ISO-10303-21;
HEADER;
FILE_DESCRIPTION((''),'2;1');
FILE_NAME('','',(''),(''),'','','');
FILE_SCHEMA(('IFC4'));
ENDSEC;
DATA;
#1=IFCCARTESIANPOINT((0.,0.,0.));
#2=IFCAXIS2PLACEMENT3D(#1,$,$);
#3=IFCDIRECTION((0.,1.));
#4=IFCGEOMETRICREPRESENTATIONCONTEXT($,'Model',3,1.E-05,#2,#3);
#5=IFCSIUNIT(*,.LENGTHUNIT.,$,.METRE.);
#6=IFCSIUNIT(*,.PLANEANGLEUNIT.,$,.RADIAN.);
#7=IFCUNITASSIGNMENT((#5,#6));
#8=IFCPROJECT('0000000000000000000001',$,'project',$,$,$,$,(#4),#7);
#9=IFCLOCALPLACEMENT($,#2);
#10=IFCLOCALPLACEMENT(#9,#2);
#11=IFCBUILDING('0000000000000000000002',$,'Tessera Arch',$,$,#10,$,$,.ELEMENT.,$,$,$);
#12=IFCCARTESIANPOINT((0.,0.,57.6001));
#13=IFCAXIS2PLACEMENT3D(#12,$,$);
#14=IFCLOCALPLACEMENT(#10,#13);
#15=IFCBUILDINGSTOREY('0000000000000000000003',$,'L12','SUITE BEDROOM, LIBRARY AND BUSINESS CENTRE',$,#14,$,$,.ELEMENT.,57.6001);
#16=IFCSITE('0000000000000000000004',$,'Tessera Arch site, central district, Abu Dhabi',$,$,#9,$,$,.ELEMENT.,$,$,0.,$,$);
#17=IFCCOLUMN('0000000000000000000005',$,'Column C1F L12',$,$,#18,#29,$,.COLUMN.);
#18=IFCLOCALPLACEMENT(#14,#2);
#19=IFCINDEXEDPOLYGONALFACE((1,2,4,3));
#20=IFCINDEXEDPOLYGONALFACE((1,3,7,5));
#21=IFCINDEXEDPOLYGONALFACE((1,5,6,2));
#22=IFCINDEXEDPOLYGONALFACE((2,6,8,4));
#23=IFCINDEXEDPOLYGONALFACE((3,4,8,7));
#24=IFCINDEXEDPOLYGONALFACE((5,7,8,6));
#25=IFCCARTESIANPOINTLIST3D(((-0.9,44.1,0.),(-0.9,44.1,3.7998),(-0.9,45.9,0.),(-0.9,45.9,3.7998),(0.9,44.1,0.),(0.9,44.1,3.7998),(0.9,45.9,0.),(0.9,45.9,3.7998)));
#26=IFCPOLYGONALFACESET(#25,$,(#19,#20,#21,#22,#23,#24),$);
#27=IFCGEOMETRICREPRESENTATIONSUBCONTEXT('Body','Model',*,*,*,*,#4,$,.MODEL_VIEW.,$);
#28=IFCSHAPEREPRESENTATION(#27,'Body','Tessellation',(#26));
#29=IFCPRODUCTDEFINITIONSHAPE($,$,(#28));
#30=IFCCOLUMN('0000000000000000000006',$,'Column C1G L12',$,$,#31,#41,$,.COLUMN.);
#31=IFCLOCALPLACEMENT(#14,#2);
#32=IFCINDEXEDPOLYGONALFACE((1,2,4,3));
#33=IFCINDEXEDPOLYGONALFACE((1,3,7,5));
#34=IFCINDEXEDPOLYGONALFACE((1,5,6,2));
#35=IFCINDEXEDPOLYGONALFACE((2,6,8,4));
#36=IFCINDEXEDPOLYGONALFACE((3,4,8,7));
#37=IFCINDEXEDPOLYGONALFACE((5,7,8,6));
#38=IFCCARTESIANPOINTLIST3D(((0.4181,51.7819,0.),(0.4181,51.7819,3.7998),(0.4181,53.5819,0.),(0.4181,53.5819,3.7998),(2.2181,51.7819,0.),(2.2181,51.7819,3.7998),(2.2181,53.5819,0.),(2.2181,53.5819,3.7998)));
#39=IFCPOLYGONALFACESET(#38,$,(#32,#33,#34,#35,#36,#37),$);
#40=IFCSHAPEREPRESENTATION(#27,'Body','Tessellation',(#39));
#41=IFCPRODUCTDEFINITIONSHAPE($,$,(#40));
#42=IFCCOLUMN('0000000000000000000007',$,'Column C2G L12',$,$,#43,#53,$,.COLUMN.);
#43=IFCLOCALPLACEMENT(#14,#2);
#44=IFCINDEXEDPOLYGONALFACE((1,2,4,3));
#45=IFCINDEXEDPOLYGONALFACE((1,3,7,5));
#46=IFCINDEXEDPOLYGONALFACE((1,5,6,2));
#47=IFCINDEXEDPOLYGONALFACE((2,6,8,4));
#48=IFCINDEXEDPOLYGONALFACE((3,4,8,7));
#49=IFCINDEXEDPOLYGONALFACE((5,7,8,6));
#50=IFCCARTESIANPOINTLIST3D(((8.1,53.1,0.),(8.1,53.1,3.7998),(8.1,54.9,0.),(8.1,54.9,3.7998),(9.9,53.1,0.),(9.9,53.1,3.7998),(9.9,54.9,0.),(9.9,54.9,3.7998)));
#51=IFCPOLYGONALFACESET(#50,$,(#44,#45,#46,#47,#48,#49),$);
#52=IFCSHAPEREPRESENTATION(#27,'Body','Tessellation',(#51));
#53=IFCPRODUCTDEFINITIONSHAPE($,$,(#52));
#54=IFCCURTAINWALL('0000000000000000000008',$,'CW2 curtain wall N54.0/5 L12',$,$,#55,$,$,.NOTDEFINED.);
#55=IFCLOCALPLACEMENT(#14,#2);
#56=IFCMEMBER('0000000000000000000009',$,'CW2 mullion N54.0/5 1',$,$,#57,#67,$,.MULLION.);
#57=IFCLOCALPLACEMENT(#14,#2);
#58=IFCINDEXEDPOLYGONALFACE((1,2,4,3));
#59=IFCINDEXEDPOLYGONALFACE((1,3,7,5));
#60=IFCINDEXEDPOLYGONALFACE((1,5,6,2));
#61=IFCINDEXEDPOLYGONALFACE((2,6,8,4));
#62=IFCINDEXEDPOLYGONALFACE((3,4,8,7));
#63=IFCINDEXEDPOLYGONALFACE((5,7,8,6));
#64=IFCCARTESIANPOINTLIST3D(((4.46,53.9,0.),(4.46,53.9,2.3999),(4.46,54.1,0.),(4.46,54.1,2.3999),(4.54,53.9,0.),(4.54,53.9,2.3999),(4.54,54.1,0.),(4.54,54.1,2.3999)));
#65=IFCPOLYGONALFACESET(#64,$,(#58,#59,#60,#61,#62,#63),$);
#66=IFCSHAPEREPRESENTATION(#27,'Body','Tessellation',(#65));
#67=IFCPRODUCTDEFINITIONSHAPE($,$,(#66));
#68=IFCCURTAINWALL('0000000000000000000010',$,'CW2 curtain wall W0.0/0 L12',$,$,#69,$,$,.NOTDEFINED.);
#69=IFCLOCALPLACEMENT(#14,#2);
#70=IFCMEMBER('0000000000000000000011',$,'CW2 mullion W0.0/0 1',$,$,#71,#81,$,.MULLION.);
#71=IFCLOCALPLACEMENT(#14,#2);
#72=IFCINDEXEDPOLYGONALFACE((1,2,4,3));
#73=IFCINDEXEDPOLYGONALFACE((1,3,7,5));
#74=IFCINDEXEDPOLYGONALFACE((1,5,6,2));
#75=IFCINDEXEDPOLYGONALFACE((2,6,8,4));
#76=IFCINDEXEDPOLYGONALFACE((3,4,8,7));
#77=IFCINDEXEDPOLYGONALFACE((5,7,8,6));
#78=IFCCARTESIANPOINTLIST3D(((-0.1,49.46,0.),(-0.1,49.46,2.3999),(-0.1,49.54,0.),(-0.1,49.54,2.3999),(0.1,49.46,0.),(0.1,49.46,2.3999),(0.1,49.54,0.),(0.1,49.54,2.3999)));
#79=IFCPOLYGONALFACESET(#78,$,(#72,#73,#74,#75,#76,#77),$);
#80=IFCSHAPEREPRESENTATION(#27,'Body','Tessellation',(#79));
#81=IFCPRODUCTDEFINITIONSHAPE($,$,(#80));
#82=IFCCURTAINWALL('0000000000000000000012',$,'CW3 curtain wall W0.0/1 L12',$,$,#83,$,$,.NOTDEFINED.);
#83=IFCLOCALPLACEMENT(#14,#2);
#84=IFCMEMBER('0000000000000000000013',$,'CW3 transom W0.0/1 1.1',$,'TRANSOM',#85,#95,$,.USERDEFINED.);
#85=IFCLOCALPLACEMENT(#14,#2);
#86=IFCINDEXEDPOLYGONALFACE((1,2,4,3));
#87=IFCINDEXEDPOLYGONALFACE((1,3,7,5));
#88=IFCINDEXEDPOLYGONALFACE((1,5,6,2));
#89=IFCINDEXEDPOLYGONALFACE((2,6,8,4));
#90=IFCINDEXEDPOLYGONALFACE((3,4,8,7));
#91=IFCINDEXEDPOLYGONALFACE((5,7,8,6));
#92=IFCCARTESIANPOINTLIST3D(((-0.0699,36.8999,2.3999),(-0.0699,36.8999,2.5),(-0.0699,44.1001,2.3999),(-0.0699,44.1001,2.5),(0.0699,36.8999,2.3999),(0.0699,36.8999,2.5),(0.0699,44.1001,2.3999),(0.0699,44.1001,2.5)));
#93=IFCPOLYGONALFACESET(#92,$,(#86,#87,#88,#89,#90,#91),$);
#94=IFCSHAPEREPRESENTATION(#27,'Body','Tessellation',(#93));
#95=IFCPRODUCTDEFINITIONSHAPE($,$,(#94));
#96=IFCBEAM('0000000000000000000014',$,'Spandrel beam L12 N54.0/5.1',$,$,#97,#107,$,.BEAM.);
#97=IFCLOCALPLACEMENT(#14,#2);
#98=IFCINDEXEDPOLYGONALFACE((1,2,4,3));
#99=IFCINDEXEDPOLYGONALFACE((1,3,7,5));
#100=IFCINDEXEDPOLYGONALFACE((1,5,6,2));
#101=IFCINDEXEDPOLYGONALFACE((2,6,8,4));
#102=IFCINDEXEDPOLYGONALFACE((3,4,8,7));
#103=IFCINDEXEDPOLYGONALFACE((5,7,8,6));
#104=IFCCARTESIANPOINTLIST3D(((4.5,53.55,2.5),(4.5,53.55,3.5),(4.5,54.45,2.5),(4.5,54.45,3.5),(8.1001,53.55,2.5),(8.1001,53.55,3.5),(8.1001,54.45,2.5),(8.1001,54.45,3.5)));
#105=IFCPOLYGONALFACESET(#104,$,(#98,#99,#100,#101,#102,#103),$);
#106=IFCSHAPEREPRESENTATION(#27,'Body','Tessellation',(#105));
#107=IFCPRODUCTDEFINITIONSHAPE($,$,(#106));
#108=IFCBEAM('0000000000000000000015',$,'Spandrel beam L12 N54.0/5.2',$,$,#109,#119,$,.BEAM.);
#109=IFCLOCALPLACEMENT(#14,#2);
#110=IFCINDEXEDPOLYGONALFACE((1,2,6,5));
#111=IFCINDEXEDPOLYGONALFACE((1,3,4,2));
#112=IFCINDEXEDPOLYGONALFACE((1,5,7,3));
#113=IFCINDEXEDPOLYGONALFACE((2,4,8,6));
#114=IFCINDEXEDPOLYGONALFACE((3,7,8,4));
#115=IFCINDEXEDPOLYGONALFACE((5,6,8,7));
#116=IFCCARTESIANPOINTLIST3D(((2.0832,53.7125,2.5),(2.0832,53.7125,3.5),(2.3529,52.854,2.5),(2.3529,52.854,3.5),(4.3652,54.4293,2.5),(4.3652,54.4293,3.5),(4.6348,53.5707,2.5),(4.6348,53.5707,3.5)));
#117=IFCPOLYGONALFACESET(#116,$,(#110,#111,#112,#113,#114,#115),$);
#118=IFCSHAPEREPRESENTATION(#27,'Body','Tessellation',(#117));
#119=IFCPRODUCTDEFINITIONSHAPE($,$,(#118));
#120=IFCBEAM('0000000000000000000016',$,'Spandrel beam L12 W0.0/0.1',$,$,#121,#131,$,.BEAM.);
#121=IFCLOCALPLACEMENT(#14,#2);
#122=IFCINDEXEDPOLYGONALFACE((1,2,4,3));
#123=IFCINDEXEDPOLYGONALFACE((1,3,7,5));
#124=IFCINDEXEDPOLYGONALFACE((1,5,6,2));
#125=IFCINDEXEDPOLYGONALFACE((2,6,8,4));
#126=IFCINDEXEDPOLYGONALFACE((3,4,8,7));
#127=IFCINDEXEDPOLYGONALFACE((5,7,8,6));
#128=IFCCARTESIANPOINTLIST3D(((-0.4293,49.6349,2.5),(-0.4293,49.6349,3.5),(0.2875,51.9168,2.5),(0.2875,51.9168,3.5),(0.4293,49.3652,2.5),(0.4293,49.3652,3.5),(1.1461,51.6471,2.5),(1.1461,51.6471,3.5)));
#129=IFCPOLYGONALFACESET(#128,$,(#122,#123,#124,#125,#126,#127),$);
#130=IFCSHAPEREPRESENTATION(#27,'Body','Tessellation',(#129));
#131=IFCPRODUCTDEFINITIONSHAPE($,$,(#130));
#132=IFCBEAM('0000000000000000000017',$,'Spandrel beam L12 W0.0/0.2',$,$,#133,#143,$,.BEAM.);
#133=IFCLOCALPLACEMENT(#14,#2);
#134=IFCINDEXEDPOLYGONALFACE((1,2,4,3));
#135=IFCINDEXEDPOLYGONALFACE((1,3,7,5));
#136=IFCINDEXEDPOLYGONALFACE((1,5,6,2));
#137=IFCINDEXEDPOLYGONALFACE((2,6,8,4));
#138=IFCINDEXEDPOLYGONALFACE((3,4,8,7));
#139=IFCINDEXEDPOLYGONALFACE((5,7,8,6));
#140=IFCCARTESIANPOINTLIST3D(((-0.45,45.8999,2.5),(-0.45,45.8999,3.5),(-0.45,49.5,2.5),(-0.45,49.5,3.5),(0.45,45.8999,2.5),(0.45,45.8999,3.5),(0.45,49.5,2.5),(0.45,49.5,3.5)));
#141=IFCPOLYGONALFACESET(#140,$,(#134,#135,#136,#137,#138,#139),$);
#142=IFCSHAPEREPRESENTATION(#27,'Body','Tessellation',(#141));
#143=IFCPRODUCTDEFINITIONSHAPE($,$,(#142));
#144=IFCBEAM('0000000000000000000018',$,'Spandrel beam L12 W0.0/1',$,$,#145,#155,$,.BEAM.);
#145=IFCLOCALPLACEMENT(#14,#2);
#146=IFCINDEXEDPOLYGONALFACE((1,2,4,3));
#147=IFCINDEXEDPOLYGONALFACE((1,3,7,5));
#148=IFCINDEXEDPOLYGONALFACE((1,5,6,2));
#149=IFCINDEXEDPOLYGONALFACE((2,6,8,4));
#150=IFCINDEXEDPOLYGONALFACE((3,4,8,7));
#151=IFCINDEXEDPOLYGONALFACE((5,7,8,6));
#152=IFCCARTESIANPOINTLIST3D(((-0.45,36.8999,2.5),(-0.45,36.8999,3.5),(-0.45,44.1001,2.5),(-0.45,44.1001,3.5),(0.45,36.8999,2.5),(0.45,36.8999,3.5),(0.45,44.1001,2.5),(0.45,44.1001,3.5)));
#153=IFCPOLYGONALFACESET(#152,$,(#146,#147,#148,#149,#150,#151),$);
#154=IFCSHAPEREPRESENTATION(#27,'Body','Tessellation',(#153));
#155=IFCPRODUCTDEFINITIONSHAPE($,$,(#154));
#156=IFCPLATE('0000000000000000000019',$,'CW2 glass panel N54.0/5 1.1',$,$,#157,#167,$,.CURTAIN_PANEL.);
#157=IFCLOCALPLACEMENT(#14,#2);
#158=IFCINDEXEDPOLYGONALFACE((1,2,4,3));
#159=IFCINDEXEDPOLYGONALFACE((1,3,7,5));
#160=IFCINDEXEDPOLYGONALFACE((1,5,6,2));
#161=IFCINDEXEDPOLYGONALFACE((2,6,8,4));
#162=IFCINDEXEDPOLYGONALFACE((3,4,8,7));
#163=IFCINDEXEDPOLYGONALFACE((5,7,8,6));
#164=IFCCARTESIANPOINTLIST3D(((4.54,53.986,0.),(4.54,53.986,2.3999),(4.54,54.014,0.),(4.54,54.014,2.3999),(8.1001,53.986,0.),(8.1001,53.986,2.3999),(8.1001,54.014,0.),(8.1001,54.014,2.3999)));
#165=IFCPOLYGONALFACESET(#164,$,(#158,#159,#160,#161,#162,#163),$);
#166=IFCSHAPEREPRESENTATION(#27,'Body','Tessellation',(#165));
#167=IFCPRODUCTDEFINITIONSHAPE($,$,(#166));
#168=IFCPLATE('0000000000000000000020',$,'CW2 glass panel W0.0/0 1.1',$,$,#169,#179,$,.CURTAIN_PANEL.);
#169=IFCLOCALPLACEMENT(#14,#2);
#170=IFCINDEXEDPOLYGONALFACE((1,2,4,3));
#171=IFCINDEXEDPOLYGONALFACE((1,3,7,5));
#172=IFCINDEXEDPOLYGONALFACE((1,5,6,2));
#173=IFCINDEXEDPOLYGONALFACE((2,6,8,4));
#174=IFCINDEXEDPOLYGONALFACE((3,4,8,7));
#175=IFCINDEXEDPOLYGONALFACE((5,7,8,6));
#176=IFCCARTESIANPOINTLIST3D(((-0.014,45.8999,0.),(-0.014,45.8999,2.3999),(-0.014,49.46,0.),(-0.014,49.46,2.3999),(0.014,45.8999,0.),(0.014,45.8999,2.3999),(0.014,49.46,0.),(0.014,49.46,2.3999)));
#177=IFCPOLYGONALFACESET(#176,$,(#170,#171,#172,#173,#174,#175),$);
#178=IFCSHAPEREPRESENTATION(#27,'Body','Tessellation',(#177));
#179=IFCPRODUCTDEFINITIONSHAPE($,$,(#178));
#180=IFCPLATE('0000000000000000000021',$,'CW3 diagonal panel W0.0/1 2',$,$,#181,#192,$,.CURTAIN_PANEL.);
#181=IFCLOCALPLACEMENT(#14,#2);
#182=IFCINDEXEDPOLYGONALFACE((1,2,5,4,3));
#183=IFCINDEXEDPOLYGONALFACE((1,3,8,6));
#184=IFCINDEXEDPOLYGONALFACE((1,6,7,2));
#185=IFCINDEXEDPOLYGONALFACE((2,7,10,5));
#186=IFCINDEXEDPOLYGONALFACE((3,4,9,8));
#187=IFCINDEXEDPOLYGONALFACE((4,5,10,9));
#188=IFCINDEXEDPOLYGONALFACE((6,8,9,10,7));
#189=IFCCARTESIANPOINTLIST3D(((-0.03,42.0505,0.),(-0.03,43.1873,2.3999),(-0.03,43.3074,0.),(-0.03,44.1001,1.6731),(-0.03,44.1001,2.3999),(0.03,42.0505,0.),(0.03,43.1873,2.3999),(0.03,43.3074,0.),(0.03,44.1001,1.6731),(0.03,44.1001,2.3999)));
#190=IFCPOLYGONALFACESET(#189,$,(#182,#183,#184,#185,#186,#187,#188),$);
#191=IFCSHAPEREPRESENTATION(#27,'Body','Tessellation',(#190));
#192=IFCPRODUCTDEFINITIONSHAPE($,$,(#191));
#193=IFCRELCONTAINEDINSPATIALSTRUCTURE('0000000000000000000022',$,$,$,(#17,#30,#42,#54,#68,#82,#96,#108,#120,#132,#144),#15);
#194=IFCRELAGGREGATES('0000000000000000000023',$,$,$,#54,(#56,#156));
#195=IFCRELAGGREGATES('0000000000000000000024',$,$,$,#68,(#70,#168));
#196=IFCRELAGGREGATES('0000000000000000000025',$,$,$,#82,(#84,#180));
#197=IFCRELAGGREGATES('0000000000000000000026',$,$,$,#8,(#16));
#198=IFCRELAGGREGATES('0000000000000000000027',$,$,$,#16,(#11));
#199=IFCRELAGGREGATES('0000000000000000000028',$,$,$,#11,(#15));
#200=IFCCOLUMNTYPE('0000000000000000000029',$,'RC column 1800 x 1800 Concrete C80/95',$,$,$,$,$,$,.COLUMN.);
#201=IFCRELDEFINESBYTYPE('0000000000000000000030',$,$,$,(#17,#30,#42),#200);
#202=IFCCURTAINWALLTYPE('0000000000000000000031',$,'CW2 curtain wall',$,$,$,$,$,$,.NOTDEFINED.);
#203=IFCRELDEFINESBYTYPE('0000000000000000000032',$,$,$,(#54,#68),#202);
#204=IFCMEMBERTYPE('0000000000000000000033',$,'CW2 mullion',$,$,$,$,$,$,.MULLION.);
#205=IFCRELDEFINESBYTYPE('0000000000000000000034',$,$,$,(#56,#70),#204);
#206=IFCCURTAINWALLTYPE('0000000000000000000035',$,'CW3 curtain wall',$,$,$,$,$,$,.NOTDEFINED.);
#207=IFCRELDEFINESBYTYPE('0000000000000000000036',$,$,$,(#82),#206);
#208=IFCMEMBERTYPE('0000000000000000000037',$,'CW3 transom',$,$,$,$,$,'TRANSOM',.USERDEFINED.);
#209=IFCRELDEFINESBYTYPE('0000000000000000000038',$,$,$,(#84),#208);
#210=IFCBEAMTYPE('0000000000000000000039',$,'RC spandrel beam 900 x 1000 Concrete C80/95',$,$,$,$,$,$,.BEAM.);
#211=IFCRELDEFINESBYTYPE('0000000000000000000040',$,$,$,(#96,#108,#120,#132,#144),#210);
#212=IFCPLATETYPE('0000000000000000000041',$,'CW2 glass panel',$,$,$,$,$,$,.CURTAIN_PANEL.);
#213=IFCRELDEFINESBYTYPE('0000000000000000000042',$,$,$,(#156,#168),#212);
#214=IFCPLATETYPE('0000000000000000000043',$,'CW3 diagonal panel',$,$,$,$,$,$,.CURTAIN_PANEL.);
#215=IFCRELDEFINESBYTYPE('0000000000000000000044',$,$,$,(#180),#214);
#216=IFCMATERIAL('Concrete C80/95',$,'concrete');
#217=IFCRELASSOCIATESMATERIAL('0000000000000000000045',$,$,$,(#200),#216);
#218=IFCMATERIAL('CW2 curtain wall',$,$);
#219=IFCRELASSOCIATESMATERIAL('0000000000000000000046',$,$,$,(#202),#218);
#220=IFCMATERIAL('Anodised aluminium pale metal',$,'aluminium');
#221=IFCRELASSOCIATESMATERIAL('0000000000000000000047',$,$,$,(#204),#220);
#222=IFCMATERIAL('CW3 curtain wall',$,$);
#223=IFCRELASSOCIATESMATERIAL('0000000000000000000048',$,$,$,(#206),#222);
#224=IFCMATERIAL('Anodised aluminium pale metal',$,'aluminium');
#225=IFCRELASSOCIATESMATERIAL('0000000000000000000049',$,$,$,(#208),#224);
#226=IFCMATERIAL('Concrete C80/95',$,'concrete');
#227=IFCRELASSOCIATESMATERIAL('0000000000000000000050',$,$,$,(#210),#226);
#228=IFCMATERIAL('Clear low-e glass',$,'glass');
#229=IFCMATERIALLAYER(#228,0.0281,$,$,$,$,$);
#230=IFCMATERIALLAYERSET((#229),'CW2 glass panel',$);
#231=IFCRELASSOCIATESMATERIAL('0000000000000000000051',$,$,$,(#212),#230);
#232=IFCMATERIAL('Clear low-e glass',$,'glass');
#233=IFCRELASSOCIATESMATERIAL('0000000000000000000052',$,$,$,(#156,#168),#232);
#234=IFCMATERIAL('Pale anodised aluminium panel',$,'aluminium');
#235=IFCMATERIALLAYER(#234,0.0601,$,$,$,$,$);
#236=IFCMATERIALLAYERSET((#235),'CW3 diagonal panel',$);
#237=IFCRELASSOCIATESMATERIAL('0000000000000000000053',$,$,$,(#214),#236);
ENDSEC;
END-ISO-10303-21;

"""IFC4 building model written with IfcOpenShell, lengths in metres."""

from ifc_helpers import new_model, si_unit, direction, frame, origin, origin_2d, place, context, subcontext, project, spatial, polyline, rectangle, outline, extrude, material, layer, layer_set, material_profile, profile_set, type_object, element, aggregate, save


model = new_model("IFC4")

# Units and contexts
model_context = context("Model", 3, precision=1e-05, world=origin(), true_north=direction((0.0, 1.0)))
body_context = subcontext(model_context, "Body", "Model", "MODEL_VIEW")
ifc_project = project(units=[si_unit("LENGTHUNIT", "METRE"), si_unit("PLANEANGLEUNIT", "RADIAN")], contexts=[model_context])

# Site, building, storey
site_placement = place(None, origin())
site = spatial("IfcSite", under=ifc_project, at=site_placement, Name="Tessera Arch site, central district, Abu Dhabi", CompositionType="ELEMENT", RefElevation=0.0)
building_placement = place(site_placement, origin())
building = spatial("IfcBuilding", under=site, at=building_placement, Name="Tessera Arch", CompositionType="ELEMENT")
storey_placement = place(building_placement, frame((0.0, 0.0, 57.6001)))
storey = spatial("IfcBuildingStorey", under=building, at=storey_placement, Name="L12", Description="SUITE BEDROOM, LIBRARY AND BUSINESS CENTRE", CompositionType="ELEMENT", Elevation=57.6001)

# Columns
ifc_material_1 = material(Name="Concrete C80/95", Category="concrete")
ifc_material_profile_1 = material_profile(ifc_material_1, rectangle(XDim=1.8, YDim=1.8, at=origin_2d()), Name="RC column 1800 x 1800 Concrete C80/95")
ifc_profile_set_1 = profile_set([ifc_material_profile_1], Name="Concrete C80/95")
column_type = type_object("IfcColumnType", Name="RC column 1800 x 1800 Concrete C80/95", PredefinedType="COLUMN", material=ifc_profile_set_1)
for number, where, z_axis, x_axis, name in (
    (1, (0.0, 45.0, 0.0), (0.0, 0.0, 1.0), (1.0, 0.0, 0.0), "Column C1F L12"),
    (2, (1.3181, 52.6819, 0.0), (0.0, 0.0, 1.0), (1.0, 0.0, 0.0), "Column C1G L12"),
    (3, (9.0, 54.0, 0.0), (0.0, 0.0, 1.0), (1.0, 0.0, 0.0), "Column C2G L12"),
):
    element("IfcColumn", number, at=place(storey_placement, frame(where, z_axis=z_axis, x_axis=x_axis)), inside=storey, type_object=column_type, Name=name, PredefinedType="COLUMN", context=body_context, shape_type="SweptSolid", body=[
        extrude(rectangle(XDim=1.8, YDim=1.8, at=origin_2d()), origin(), (0.0, 0.0, 1.0), 3.7998),
    ])

# Curtain walls, members
ifc_material_2 = material(Name="CW2 curtain wall")
curtain_wall_type_1 = type_object("IfcCurtainWallType", Name="CW2 curtain wall", PredefinedType="NOTDEFINED", material=ifc_material_2)
curtain_wall_1_placement = place(storey_placement, origin())
curtain_wall_1 = element("IfcCurtainWall", 4, at=curtain_wall_1_placement, inside=storey, type_object=curtain_wall_type_1, Name="CW2 curtain wall N54.0/5 L12", PredefinedType="NOTDEFINED")
ifc_material_3 = material(Name="Anodised aluminium pale metal", Category="aluminium")
ifc_material_profile_2 = material_profile(ifc_material_3, rectangle(XDim=0.2, YDim=0.0801, at=origin_2d()), Name="AL 80x200")
ifc_profile_set_2 = profile_set([ifc_material_profile_2], Name="Anodised aluminium pale metal")
member_type_1 = type_object("IfcMemberType", Name="CW2 mullion", PredefinedType="MULLION", material=ifc_profile_set_2)
member_1_placement = place(storey_placement, frame((4.5, 54.0, 0.0), z_axis=(0.0, 0.0, 1.0), x_axis=(0.0, -1.0, 0.0)))
member_1 = element("IfcMember", 5, at=member_1_placement, type_object=member_type_1, Name="CW2 mullion N54.0/5 1", PredefinedType="MULLION", context=body_context, shape_type="SweptSolid", body=[
    extrude(rectangle(XDim=0.2, YDim=0.0801, at=origin_2d()), origin(), (0.0, 0.0, 1.0), 2.3999),
])
curtain_wall_2_placement = place(storey_placement, origin())
curtain_wall_2 = element("IfcCurtainWall", 6, at=curtain_wall_2_placement, inside=storey, type_object=curtain_wall_type_1, Name="CW2 curtain wall W0.0/0 L12", PredefinedType="NOTDEFINED")
member_2_placement = place(storey_placement, frame((0.0, 49.5, 0.0), z_axis=(0.0, 0.0, 1.0), x_axis=(1.0, 0.0, 0.0)))
member_2 = element("IfcMember", 7, at=member_2_placement, type_object=member_type_1, Name="CW2 mullion W0.0/0 1", PredefinedType="MULLION", context=body_context, shape_type="SweptSolid", body=[
    extrude(rectangle(XDim=0.2, YDim=0.0801, at=origin_2d()), origin(), (0.0, 0.0, 1.0), 2.3999),
])
ifc_material_4 = material(Name="CW3 curtain wall")
curtain_wall_type_2 = type_object("IfcCurtainWallType", Name="CW3 curtain wall", PredefinedType="NOTDEFINED", material=ifc_material_4)
curtain_wall_3_placement = place(storey_placement, origin())
curtain_wall_3 = element("IfcCurtainWall", 8, at=curtain_wall_3_placement, inside=storey, type_object=curtain_wall_type_2, Name="CW3 curtain wall W0.0/1 L12", PredefinedType="NOTDEFINED")
ifc_material_5 = material(Name="Anodised aluminium pale metal", Category="aluminium")
ifc_material_profile_3 = material_profile(ifc_material_5, rectangle(XDim=0.1399, YDim=0.1001, at=origin_2d()), Name="AL 140x100")
ifc_profile_set_3 = profile_set([ifc_material_profile_3], Name="Anodised aluminium pale metal")
member_type_2 = type_object("IfcMemberType", Name="CW3 transom", ElementType="TRANSOM", PredefinedType="USERDEFINED", material=ifc_profile_set_3)
member_3_placement = place(storey_placement, frame((0.0, 44.1001, 2.45), z_axis=(0.0, -1.0, 0.0), x_axis=(1.0, 0.0, 0.0)))
member_3 = element("IfcMember", 9, at=member_3_placement, type_object=member_type_2, Name="CW3 transom W0.0/1 1.1", ObjectType="TRANSOM", PredefinedType="USERDEFINED", context=body_context, shape_type="SweptSolid", body=[
    extrude(rectangle(XDim=0.1399, YDim=0.1001, at=origin_2d()), origin(), (0.0, 0.0, 1.0), 7.2002),
])

# Beams
ifc_material_6 = material(Name="Concrete C80/95", Category="concrete")
ifc_material_profile_4 = material_profile(ifc_material_6, rectangle(XDim=0.8999, YDim=1.0, at=origin_2d()), Name="RC spandrel beam 900 x 1000 Concrete C80/95")
ifc_profile_set_4 = profile_set([ifc_material_profile_4], Name="Concrete C80/95")
beam_type = type_object("IfcBeamType", Name="RC spandrel beam 900 x 1000 Concrete C80/95", PredefinedType="BEAM", material=ifc_profile_set_4)
beam_1_placement = place(storey_placement, frame((8.1001, 54.0, 3.0), z_axis=(-1.0, 0.0, 0.0), x_axis=(0.0, -1.0, 0.0)))
element("IfcBeam", 10, at=beam_1_placement, inside=storey, type_object=beam_type, Name="Spandrel beam L12 N54.0/5.1", PredefinedType="BEAM", context=body_context, shape_type="SweptSolid", body=[
    extrude(rectangle(XDim=0.8999, YDim=1.0, at=origin_2d()), origin(), (0.0, 0.0, 1.0), 3.6001),
])
for number, where, z_axis, x_axis, name in (
    (11, (4.5, 54.0, 3.0), (-0.954041, -0.299675, 0.0), (0.299675, -0.954041, 0.0), "Spandrel beam L12 N54.0/5.2"),
    (12, (0.7168, 51.782, 3.0), (-0.299675, -0.954041, 0.0), (0.954041, -0.299675, 0.0), "Spandrel beam L12 W0.0/0.1"),
):
    element("IfcBeam", number, at=place(storey_placement, frame(where, z_axis=z_axis, x_axis=x_axis)), inside=storey, type_object=beam_type, Name=name, PredefinedType="BEAM", context=body_context, shape_type="SweptSolid", body=[
        extrude(rectangle(XDim=0.8999, YDim=1.0, at=origin_2d()), origin(), (0.0, 0.0, 1.0), 2.3918),
    ])
beam_2_placement = place(storey_placement, frame((0.0, 49.5, 3.0), z_axis=(0.0, -1.0, 0.0), x_axis=(1.0, 0.0, 0.0)))
element("IfcBeam", 13, at=beam_2_placement, inside=storey, type_object=beam_type, Name="Spandrel beam L12 W0.0/0.2", PredefinedType="BEAM", context=body_context, shape_type="SweptSolid", body=[
    extrude(rectangle(XDim=0.8999, YDim=1.0, at=origin_2d()), origin(), (0.0, 0.0, 1.0), 3.6001),
])
beam_3_placement = place(storey_placement, frame((0.0, 44.1001, 3.0), z_axis=(0.0, -1.0, 0.0), x_axis=(1.0, 0.0, 0.0)))
element("IfcBeam", 14, at=beam_3_placement, inside=storey, type_object=beam_type, Name="Spandrel beam L12 W0.0/1", PredefinedType="BEAM", context=body_context, shape_type="SweptSolid", body=[
    extrude(rectangle(XDim=0.8999, YDim=1.0, at=origin_2d()), origin(), (0.0, 0.0, 1.0), 7.2002),
])

# Plates
ifc_material_7 = material(Name="Clear low-e glass", Category="glass")
ifc_material_8 = material(Name="Clear low-e glass", Category="glass")
ifc_layer_1 = layer(ifc_material_8, 0.0281)
ifc_layer_set_1 = layer_set([ifc_layer_1], Name="CW2 glass panel")
plate_type_1 = type_object("IfcPlateType", Name="CW2 glass panel", PredefinedType="CURTAIN_PANEL", material=ifc_layer_set_1)
plate_1_placement = place(storey_placement, frame((6.3201, 54.0, 0.0), z_axis=(0.0, 0.0, 1.0), x_axis=(-1.0, 0.0, 0.0)))
plate_1 = element("IfcPlate", 15, at=plate_1_placement, type_object=plate_type_1, material=ifc_material_7, Name="CW2 glass panel N54.0/5 1.1", PredefinedType="CURTAIN_PANEL", context=body_context, shape_type="SweptSolid", body=[
    extrude(rectangle(XDim=3.5601, YDim=0.0281, at=origin_2d()), origin(), (0.0, 0.0, 1.0), 2.3999),
])
aggregate(curtain_wall_1, [member_1, plate_1])
plate_2_placement = place(storey_placement, frame((0.0, 47.6799, 0.0), z_axis=(0.0, 0.0, 1.0), x_axis=(0.0, -1.0, 0.0)))
plate_2 = element("IfcPlate", 16, at=plate_2_placement, type_object=plate_type_1, material=ifc_material_7, Name="CW2 glass panel W0.0/0 1.1", PredefinedType="CURTAIN_PANEL", context=body_context, shape_type="SweptSolid", body=[
    extrude(rectangle(XDim=3.5601, YDim=0.0281, at=origin_2d()), origin(), (0.0, 0.0, 1.0), 2.3999),
])
aggregate(curtain_wall_2, [member_2, plate_2])
ifc_material_9 = material(Name="Pale anodised aluminium panel", Category="aluminium")
ifc_layer_2 = layer(ifc_material_9, 0.0601)
ifc_layer_set_2 = layer_set([ifc_layer_2], Name="CW3 diagonal panel")
plate_type_2 = type_object("IfcPlateType", Name="CW3 diagonal panel", PredefinedType="CURTAIN_PANEL", material=ifc_layer_set_2)
plate_3_placement = place(storey_placement, frame((-0.03, 44.1001, 2.3999), z_axis=(-1.0, 0.0, 0.0), x_axis=(0.0, 0.0, -1.0)))
plate_3 = element("IfcPlate", 17, at=plate_3_placement, type_object=plate_type_2, Name="CW3 diagonal panel W0.0/1 2", PredefinedType="CURTAIN_PANEL", context=body_context, shape_type="SweptSolid", body=[
    extrude(outline(polyline([(0.0, 0.0), (0.7268, 0.0), (2.3999, 0.7927), (2.3999, 2.0496), (0.0, 0.9128), (0.0, 0.0)])), origin(), (0.0, 0.0, -1.0), 0.0601),
])
aggregate(curtain_wall_3, [member_3, plate_3])

save(model, "model.ifc")
